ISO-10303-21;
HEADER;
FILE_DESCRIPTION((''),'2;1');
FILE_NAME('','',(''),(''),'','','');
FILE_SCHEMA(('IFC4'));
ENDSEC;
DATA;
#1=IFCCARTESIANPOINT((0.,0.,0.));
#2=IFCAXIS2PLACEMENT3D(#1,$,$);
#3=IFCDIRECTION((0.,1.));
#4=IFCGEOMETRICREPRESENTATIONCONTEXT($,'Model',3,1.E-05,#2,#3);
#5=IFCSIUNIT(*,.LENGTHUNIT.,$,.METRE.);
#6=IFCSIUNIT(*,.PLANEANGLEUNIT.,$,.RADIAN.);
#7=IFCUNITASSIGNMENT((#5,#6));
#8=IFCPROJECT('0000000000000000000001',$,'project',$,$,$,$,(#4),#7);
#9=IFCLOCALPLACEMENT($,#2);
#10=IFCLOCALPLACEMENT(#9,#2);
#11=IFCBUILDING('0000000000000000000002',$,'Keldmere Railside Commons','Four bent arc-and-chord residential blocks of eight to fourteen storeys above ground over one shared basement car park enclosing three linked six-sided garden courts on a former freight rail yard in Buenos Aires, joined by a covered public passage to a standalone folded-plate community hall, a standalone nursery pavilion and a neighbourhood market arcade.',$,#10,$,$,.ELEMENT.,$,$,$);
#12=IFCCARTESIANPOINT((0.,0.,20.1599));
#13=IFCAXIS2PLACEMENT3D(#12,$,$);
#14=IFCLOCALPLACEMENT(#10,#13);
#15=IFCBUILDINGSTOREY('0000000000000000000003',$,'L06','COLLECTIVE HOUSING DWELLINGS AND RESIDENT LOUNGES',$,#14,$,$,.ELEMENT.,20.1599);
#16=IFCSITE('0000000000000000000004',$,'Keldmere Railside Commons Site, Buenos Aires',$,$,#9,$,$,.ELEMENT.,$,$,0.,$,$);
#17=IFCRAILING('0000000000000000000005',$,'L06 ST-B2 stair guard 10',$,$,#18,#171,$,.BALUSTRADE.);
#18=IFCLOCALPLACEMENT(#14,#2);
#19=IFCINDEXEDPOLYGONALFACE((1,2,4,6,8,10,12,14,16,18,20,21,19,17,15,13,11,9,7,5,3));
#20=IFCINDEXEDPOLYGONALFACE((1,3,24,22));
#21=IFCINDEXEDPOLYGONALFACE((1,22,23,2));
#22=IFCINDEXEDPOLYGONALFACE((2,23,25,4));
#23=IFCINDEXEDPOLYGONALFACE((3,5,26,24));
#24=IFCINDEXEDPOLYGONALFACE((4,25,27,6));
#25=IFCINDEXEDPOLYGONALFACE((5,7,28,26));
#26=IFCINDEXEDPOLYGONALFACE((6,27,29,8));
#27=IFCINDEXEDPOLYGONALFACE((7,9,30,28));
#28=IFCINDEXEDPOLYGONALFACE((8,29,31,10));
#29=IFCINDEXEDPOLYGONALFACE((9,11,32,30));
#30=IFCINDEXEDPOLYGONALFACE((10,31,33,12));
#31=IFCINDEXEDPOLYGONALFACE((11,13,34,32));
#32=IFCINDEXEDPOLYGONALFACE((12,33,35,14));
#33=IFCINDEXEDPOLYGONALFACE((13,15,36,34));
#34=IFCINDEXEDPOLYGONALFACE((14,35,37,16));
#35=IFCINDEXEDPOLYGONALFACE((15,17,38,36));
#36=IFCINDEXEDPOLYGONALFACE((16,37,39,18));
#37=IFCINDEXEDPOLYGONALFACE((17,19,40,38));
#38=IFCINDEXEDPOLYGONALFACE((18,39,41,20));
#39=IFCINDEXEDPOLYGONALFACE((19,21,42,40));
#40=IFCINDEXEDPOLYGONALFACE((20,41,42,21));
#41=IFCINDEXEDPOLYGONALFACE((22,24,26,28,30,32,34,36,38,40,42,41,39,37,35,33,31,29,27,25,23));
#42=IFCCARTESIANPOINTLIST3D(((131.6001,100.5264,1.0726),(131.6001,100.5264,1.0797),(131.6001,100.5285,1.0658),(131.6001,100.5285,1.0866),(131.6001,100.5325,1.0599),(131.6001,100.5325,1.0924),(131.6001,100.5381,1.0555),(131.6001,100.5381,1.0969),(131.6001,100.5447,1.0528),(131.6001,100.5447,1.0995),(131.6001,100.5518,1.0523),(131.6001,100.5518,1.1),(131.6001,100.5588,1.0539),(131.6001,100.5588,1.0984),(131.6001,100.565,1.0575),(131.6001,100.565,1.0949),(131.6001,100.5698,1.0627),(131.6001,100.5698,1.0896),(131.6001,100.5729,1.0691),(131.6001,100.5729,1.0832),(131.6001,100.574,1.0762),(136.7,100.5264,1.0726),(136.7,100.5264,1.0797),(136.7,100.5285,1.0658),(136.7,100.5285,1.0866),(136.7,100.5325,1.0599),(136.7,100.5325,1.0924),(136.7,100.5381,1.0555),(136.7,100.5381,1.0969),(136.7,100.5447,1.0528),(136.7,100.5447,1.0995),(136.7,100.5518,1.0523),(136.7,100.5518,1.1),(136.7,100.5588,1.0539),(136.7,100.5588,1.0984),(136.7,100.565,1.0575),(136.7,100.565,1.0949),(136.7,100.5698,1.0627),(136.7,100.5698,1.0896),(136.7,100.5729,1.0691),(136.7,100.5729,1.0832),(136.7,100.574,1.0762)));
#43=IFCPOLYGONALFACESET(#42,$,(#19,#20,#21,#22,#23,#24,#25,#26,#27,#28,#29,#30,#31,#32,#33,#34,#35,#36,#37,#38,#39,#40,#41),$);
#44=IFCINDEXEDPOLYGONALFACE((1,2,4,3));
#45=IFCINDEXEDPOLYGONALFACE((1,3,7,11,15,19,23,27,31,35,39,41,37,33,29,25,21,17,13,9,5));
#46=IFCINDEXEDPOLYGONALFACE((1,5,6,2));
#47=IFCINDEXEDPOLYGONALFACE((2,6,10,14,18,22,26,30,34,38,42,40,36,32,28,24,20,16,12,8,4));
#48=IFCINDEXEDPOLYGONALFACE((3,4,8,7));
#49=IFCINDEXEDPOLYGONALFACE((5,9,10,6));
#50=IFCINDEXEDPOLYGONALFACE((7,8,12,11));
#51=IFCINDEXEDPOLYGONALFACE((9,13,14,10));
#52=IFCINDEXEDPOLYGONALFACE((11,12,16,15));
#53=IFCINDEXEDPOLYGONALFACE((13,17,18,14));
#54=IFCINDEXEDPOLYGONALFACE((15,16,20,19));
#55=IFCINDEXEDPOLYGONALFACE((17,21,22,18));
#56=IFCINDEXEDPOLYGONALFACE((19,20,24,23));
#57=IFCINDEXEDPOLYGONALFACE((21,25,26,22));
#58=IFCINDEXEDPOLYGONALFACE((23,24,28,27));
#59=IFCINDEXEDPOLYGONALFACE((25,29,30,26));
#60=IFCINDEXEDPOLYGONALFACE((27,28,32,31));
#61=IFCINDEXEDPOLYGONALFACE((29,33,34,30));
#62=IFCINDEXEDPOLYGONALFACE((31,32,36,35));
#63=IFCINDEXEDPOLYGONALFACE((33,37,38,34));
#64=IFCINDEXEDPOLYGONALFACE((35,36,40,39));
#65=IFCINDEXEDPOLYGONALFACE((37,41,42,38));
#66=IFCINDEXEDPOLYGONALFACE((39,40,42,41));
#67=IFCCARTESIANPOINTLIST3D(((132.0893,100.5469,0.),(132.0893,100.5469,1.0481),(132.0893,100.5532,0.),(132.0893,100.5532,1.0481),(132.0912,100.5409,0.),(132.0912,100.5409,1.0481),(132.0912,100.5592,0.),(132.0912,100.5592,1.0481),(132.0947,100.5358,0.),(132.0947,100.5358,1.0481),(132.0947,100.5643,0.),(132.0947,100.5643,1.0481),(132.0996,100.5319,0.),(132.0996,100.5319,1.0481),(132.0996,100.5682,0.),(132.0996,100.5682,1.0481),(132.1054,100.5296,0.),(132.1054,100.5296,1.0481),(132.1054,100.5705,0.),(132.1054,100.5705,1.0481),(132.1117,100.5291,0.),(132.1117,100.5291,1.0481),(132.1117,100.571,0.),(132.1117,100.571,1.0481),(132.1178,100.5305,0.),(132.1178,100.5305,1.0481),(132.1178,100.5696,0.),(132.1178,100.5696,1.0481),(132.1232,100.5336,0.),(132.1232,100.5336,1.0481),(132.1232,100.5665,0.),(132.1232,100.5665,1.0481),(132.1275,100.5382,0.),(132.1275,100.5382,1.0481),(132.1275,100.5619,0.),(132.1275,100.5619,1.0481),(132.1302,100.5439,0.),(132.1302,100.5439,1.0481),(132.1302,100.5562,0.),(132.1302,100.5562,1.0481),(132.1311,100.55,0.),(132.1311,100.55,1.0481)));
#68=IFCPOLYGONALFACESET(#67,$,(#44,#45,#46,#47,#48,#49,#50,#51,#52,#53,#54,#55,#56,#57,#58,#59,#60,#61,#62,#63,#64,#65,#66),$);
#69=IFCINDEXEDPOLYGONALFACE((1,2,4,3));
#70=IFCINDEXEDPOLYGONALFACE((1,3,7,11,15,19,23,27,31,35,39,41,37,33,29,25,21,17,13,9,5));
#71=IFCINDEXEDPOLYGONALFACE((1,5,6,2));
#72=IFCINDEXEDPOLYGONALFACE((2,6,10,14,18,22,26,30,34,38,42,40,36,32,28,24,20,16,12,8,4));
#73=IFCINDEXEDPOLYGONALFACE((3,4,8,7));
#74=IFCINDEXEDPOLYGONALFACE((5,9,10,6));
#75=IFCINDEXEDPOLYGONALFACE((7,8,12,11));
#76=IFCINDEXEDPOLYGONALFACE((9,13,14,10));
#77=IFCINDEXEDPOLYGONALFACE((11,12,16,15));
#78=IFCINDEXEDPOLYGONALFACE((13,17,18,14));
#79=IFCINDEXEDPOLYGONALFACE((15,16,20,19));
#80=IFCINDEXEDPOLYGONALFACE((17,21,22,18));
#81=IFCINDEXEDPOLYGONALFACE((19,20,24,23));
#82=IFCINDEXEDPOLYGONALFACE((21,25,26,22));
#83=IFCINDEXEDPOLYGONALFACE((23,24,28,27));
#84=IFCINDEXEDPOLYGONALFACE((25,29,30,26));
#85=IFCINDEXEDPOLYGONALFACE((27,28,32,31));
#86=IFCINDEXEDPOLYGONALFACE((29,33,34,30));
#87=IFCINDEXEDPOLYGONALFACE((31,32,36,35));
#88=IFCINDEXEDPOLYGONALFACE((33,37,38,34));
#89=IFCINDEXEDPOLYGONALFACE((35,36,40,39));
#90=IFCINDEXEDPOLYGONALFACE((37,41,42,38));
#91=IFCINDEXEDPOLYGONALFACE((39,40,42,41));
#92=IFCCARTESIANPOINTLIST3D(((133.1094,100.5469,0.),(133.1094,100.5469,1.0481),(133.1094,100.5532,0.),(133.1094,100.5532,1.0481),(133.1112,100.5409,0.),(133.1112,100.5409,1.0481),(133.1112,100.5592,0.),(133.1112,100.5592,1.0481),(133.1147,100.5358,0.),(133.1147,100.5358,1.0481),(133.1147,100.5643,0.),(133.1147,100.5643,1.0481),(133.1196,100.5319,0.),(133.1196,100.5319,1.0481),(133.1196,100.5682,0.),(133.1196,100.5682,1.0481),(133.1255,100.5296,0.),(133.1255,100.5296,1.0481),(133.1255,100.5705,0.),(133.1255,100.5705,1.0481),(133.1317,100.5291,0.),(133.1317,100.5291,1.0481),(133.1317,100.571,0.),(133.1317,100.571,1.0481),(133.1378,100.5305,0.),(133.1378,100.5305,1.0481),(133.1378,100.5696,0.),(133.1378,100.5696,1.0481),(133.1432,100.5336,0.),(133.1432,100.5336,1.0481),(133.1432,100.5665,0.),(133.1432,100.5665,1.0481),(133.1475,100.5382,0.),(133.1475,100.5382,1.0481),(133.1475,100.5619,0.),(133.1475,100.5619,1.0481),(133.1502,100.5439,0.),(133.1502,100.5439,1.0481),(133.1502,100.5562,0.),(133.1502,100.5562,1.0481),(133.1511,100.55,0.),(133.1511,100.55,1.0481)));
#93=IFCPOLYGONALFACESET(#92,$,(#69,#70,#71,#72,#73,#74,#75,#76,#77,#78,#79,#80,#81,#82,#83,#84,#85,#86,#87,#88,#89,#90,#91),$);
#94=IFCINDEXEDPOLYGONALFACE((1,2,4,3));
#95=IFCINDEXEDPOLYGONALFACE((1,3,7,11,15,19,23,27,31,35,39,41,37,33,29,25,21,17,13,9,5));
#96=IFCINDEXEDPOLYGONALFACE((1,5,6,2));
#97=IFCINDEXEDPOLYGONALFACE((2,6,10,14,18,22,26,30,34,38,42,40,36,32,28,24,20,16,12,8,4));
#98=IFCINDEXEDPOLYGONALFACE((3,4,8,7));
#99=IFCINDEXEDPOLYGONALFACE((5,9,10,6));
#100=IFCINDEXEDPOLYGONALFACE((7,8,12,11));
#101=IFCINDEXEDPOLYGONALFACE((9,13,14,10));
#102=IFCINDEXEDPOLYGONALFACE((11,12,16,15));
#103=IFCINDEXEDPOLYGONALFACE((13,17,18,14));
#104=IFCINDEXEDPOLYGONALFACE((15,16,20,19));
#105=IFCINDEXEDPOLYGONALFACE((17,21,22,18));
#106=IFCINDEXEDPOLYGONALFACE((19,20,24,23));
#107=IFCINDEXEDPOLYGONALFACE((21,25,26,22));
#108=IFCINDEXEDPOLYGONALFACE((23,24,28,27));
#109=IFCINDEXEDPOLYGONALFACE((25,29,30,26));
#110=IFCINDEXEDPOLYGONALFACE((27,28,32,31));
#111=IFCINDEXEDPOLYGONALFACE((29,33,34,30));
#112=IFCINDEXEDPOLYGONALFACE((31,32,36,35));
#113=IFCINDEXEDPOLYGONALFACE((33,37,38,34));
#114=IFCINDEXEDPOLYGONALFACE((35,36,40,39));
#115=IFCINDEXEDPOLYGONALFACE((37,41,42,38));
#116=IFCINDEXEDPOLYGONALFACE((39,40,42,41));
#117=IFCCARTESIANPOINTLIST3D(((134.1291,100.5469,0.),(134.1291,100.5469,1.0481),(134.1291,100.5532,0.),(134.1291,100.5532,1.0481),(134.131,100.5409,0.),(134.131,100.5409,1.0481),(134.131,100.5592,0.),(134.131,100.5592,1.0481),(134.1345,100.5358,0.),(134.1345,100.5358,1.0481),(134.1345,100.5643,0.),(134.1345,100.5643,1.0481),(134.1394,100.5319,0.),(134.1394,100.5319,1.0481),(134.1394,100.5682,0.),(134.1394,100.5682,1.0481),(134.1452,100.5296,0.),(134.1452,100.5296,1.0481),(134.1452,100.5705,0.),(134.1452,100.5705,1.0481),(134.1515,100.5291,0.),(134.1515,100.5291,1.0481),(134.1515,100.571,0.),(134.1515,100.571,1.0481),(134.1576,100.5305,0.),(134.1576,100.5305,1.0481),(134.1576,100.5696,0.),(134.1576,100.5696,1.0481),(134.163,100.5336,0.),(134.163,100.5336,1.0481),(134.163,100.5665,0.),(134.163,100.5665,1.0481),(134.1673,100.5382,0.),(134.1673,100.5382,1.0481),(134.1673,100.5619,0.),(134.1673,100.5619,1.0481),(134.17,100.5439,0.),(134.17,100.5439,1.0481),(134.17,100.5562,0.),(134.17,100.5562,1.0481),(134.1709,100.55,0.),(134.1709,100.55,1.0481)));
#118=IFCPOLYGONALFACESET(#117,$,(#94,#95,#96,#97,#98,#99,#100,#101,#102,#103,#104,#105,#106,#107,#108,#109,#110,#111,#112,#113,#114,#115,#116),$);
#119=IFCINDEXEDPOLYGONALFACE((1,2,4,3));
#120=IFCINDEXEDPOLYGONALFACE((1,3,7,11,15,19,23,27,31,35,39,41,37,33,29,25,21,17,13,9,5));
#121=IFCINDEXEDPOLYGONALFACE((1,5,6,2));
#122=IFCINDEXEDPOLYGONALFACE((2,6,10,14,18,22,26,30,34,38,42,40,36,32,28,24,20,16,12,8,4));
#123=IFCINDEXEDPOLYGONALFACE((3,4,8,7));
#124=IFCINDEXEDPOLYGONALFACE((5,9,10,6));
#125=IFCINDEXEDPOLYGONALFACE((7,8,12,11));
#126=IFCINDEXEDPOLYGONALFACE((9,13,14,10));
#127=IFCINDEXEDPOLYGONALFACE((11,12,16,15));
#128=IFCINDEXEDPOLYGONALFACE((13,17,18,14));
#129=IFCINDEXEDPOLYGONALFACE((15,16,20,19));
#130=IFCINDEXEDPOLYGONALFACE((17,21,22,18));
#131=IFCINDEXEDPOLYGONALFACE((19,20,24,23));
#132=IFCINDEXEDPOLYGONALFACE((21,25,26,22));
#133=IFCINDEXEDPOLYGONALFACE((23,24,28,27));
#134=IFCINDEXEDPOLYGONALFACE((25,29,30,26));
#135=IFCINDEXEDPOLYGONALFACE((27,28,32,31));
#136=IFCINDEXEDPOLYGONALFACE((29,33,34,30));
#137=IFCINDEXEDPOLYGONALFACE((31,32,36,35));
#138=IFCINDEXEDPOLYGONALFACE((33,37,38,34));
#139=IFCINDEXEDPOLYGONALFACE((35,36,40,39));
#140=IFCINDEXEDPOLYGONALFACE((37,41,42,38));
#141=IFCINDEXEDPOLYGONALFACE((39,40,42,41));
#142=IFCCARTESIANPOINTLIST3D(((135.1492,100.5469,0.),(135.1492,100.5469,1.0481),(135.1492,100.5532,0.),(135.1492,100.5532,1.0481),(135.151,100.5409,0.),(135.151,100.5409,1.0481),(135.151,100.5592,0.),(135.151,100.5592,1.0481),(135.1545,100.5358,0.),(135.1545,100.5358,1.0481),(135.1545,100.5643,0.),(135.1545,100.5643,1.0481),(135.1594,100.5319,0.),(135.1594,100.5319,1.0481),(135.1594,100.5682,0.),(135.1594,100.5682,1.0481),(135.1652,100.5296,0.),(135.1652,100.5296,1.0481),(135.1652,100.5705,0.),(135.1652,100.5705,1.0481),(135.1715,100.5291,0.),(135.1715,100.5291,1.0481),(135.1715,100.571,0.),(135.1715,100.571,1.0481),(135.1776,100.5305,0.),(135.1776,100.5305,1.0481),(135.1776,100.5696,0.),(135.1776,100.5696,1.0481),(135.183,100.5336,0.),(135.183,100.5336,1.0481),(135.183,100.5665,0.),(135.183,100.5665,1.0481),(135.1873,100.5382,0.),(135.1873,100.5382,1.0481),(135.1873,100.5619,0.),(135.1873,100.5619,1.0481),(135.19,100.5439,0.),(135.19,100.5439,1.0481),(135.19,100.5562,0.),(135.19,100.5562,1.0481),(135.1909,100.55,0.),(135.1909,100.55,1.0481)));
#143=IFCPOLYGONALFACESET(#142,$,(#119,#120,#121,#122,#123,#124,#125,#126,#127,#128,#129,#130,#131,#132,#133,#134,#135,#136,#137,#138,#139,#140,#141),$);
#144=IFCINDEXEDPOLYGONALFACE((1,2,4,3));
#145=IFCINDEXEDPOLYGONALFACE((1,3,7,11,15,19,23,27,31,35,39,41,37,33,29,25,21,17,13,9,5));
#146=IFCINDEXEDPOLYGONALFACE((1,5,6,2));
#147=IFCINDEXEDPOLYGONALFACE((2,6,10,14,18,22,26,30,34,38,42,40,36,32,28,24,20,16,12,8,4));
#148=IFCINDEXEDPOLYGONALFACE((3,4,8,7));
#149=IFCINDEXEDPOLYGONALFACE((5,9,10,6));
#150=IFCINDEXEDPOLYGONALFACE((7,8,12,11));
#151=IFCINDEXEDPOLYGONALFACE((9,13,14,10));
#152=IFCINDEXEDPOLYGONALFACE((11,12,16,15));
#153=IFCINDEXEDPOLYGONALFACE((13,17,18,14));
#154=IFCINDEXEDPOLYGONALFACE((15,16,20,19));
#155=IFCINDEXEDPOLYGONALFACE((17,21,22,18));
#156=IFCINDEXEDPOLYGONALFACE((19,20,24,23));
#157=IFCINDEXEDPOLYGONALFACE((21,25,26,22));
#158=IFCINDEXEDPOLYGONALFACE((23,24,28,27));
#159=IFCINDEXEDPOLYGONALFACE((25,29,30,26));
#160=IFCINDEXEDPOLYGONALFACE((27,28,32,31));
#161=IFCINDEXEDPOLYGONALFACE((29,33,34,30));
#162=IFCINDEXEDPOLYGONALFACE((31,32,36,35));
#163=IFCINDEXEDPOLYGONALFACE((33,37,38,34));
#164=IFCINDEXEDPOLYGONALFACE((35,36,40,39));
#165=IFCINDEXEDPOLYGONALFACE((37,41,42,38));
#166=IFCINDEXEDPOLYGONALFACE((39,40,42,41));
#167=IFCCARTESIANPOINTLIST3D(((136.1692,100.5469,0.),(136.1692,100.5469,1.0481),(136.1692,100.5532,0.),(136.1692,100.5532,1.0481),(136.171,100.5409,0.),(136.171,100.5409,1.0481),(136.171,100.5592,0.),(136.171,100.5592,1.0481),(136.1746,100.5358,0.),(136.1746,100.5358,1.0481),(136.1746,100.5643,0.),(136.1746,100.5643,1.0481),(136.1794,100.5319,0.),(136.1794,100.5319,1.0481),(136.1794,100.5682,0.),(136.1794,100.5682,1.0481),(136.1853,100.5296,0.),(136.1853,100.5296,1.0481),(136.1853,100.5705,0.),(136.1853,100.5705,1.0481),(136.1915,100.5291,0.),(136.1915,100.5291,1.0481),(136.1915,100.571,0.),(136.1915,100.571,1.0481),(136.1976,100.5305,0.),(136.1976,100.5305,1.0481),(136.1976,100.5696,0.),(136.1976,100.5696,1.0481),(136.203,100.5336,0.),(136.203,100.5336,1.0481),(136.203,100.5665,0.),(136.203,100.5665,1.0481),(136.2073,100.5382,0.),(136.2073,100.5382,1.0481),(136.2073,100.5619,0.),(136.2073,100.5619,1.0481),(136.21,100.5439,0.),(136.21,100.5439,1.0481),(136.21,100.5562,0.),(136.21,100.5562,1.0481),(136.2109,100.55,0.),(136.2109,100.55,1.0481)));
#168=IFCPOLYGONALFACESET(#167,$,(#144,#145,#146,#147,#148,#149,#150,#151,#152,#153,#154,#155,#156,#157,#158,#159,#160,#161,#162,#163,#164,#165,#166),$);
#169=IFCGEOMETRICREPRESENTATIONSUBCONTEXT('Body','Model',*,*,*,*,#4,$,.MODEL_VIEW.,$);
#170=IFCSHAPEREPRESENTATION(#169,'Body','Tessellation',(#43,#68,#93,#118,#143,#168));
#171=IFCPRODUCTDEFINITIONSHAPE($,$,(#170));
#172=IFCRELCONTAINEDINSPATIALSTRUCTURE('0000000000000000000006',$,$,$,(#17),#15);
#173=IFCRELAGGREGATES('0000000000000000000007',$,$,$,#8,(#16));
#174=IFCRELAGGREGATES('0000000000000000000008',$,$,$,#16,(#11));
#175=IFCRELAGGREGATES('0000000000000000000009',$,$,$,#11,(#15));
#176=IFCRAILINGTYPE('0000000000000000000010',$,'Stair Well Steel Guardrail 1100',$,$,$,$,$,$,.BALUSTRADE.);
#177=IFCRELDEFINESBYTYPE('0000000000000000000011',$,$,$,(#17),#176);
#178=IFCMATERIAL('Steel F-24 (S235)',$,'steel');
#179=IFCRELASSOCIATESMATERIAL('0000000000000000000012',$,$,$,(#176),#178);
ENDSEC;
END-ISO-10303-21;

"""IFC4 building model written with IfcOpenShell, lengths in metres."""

from ifc_helpers import new_model, si_unit, direction, frame, origin, origin_2d, place, context, subcontext, project, spatial, circle, extrude, material, type_object, element, save


model = new_model("IFC4")

# Units and contexts
model_context = context("Model", 3, precision=1e-05, world=origin(), true_north=direction((0.0, 1.0)))
body_context = subcontext(model_context, "Body", "Model", "MODEL_VIEW")
ifc_project = project(units=[si_unit("LENGTHUNIT", "METRE"), si_unit("PLANEANGLEUNIT", "RADIAN")], contexts=[model_context])

# Site, building, storey
site_placement = place(None, origin())
site = spatial("IfcSite", under=ifc_project, at=site_placement, Name="Keldmere Railside Commons Site, Buenos Aires", CompositionType="ELEMENT", RefElevation=0.0)
building_placement = place(site_placement, origin())
building = spatial("IfcBuilding", under=site, at=building_placement, Name="Keldmere Railside Commons", Description="Four bent arc-and-chord residential blocks of eight to fourteen storeys above ground over one shared basement car park enclosing three linked six-sided garden courts on a former freight rail yard in Buenos Aires, joined by a covered public passage to a standalone folded-plate community hall, a standalone nursery pavilion and a neighbourhood market arcade.", CompositionType="ELEMENT")
storey_placement = place(building_placement, frame((0.0, 0.0, 20.1599)))
storey = spatial("IfcBuildingStorey", under=building, at=storey_placement, Name="L06", Description="COLLECTIVE HOUSING DWELLINGS AND RESIDENT LOUNGES", CompositionType="ELEMENT", Elevation=20.1599)

# Railing
ifc_material_1 = material(Name="Steel F-24 (S235)", Category="steel")
railing_type_1 = type_object("IfcRailingType", Name="Stair Well Steel Guardrail 1100", PredefinedType="BALUSTRADE", material=ifc_material_1)
railing_1_placement = place(storey_placement, frame((131.6001, 100.55, 0.0)))
element("IfcRailing", 1, at=railing_1_placement, inside=storey, type_object=railing_type_1, Name="L06 ST-B2 stair guard 10", PredefinedType="BALUSTRADE", context=body_context, shape_type="SweptSolid", body=[
    extrude(circle(Radius=0.0239, at=origin_2d()), frame((0.0, 0.0, 1.0762), z_axis=(1.0, 0.0, 0.0), x_axis=(0.0, 1.0, 0.0)), (0.0, 0.0, 1.0), 5.0999),
    extrude(circle(Radius=0.021, at=origin_2d()), frame((0.51, 0.0, 0.0)), (0.0, 0.0, 1.0), 1.0481),
    extrude(circle(Radius=0.021, at=origin_2d()), frame((1.53, 0.0, 0.0)), (0.0, 0.0, 1.0), 1.0481),
    extrude(circle(Radius=0.021, at=origin_2d()), frame((2.5498, 0.0, 0.0)), (0.0, 0.0, 1.0), 1.0481),
    extrude(circle(Radius=0.021, at=origin_2d()), frame((3.5698, 0.0, 0.0)), (0.0, 0.0, 1.0), 1.0481),
    extrude(circle(Radius=0.021, at=origin_2d()), frame((4.5898, 0.0, 0.0)), (0.0, 0.0, 1.0), 1.0481),
])

save(model, "model.ifc")
